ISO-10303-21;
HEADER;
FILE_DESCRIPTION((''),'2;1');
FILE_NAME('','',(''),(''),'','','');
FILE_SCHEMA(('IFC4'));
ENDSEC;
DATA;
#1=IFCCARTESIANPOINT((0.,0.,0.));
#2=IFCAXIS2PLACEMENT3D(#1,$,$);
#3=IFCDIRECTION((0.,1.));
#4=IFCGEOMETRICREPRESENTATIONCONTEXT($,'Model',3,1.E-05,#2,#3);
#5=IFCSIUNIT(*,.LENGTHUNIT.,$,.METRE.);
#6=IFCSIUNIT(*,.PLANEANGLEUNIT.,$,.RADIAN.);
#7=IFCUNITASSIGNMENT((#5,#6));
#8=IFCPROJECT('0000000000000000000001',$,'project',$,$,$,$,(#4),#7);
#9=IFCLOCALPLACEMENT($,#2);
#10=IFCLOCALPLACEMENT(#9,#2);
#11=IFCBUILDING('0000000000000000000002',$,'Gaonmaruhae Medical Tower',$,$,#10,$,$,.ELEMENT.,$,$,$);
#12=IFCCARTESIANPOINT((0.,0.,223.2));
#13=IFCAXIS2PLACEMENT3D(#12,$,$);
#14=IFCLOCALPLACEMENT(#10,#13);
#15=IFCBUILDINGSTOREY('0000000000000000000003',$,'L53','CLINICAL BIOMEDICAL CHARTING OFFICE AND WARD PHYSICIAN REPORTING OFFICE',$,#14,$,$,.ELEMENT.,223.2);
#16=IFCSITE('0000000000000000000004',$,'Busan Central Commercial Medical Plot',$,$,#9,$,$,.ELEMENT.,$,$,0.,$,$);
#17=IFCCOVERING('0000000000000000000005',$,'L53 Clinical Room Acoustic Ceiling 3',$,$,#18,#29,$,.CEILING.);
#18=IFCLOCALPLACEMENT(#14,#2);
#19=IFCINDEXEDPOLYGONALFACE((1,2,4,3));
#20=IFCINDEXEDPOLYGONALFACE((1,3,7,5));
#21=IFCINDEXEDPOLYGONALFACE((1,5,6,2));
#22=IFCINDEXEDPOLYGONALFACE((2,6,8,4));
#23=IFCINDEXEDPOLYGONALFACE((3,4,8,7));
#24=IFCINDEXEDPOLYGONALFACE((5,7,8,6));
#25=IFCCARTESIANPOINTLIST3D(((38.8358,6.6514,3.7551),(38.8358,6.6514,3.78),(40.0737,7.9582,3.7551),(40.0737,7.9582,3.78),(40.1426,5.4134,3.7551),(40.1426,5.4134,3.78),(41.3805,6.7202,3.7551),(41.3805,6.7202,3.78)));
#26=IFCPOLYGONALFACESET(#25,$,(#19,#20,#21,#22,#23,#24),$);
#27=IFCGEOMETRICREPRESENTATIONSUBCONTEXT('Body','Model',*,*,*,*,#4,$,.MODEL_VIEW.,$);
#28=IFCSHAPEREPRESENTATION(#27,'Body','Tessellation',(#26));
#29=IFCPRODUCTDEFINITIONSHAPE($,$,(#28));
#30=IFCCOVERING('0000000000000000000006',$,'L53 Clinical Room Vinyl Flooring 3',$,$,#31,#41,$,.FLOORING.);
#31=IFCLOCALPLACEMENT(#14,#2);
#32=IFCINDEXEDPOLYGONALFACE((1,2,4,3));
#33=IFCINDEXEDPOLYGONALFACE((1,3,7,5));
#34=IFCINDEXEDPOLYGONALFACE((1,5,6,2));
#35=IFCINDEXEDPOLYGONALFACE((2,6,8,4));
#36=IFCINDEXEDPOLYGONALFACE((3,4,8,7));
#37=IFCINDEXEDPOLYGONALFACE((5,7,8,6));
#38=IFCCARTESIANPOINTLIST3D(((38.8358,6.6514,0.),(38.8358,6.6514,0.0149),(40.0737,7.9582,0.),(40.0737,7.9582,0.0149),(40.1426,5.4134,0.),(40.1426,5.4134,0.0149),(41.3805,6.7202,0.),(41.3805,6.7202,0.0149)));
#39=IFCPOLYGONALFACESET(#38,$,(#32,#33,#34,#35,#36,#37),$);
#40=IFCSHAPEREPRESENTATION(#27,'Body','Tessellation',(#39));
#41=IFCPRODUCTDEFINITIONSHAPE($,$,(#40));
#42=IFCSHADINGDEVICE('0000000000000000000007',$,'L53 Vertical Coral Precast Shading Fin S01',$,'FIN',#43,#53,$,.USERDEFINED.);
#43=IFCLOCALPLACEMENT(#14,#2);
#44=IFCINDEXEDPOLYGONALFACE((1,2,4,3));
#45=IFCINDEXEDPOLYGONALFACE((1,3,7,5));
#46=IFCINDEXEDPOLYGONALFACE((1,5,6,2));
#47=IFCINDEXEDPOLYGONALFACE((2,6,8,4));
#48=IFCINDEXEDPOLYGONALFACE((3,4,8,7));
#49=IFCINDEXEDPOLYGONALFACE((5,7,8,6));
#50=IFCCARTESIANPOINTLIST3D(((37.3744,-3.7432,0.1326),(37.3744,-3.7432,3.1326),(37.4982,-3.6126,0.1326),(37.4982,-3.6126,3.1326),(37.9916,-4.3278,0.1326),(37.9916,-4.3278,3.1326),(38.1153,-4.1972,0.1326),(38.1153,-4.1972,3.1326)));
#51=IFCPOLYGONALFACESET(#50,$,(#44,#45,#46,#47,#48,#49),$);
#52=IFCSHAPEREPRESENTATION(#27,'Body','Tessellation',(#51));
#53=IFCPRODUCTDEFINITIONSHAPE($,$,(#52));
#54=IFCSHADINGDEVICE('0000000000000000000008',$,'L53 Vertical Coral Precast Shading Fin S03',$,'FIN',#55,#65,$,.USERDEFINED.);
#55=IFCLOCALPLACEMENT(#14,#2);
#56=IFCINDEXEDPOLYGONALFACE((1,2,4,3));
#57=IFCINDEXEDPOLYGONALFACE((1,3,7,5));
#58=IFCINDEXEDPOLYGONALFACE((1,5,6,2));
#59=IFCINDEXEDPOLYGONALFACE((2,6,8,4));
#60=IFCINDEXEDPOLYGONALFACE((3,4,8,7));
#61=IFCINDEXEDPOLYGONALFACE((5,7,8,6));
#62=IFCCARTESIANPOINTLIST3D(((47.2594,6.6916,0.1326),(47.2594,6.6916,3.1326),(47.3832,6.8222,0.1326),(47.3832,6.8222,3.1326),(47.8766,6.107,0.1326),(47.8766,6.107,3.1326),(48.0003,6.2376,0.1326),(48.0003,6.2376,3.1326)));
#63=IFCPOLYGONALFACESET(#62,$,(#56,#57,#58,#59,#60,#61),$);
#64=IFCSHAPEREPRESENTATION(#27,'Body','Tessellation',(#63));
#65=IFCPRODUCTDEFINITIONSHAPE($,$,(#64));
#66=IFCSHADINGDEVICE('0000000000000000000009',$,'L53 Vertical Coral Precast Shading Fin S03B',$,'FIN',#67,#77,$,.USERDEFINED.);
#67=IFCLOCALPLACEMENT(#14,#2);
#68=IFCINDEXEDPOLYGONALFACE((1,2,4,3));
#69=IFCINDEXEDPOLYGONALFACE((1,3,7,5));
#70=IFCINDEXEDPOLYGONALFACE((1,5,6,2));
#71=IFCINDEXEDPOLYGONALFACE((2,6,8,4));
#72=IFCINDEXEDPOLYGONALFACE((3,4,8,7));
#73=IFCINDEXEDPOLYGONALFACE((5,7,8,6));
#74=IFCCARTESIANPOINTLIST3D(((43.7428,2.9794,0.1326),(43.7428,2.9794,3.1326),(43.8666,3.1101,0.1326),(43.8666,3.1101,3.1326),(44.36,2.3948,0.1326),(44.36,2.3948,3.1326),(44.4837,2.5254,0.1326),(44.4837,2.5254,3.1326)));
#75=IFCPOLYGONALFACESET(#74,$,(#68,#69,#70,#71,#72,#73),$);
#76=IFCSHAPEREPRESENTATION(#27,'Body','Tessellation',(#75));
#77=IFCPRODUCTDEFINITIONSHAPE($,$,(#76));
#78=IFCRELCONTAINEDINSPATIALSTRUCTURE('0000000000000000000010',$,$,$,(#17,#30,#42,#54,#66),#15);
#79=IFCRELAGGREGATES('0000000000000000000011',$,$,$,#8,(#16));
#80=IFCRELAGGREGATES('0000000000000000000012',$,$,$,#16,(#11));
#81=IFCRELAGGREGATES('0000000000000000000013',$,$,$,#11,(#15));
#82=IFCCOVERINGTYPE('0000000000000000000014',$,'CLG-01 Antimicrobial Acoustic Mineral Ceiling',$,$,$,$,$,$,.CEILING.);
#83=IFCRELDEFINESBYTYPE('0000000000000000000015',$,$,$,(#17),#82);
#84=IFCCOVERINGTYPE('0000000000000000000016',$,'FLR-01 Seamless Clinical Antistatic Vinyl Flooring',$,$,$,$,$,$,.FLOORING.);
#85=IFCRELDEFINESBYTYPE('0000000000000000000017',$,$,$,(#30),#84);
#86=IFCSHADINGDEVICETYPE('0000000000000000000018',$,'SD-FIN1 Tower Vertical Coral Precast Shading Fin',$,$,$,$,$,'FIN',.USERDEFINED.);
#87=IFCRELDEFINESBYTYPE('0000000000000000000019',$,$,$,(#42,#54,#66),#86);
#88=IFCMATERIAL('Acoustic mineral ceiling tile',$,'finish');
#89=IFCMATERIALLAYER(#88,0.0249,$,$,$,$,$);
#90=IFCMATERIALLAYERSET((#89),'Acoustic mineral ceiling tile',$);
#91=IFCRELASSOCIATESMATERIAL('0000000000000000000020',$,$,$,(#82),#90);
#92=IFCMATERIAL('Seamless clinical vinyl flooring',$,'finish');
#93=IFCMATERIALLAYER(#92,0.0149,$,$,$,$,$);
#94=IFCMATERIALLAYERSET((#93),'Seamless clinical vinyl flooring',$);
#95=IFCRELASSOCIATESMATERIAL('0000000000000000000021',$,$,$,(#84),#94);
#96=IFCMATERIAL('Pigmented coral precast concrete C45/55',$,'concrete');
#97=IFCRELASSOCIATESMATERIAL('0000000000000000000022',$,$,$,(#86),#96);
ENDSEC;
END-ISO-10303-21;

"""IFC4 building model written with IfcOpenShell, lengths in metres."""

from ifc_helpers import new_model, si_unit, direction, frame, origin, origin_2d, place, context, subcontext, project, spatial, rectangle, extrude, material, layer, layer_set, type_object, element, save


model = new_model("IFC4")

# Units and contexts
model_context = context("Model", 3, precision=1e-05, world=origin(), true_north=direction((0.0, 1.0)))
body_context = subcontext(model_context, "Body", "Model", "MODEL_VIEW")
ifc_project = project(units=[si_unit("LENGTHUNIT", "METRE"), si_unit("PLANEANGLEUNIT", "RADIAN")], contexts=[model_context])

# Site, building, storey
site_placement = place(None, origin())
site = spatial("IfcSite", under=ifc_project, at=site_placement, Name="Busan Central Commercial Medical Plot", CompositionType="ELEMENT", RefElevation=0.0)
building_placement = place(site_placement, origin())
building = spatial("IfcBuilding", under=site, at=building_placement, Name="Gaonmaruhae Medical Tower", CompositionType="ELEMENT")
storey_placement = place(building_placement, frame((0.0, 0.0, 223.2)))
storey = spatial("IfcBuildingStorey", under=building, at=storey_placement, Name="L53", Description="CLINICAL BIOMEDICAL CHARTING OFFICE AND WARD PHYSICIAN REPORTING OFFICE", CompositionType="ELEMENT", Elevation=223.2)

# Coverings
ifc_material_1 = material(Name="Acoustic mineral ceiling tile", Category="finish")
ifc_layer_1 = layer(ifc_material_1, 0.0249)
ifc_layer_set_1 = layer_set([ifc_layer_1], Name="Acoustic mineral ceiling tile")
covering_type_1 = type_object("IfcCoveringType", Name="CLG-01 Antimicrobial Acoustic Mineral Ceiling", PredefinedType="CEILING", material=ifc_layer_set_1)
covering_1_placement = place(storey_placement, frame((40.1082, 6.6858, 3.7551), z_axis=(0.0, 0.0, 1.0), x_axis=(0.687721, 0.725975, 0.0)))
element("IfcCovering", 1, at=covering_1_placement, inside=storey, type_object=covering_type_1, Name="L53 Clinical Room Acoustic Ceiling 3", PredefinedType="CEILING", context=body_context, shape_type="SweptSolid", body=[
    extrude(rectangle(XDim=1.8, YDim=1.8, at=origin_2d()), origin(), (0.0, 0.0, 1.0), 0.0249),
])
ifc_material_2 = material(Name="Seamless clinical vinyl flooring", Category="finish")
ifc_layer_2 = layer(ifc_material_2, 0.0149)
ifc_layer_set_2 = layer_set([ifc_layer_2], Name="Seamless clinical vinyl flooring")
covering_type_2 = type_object("IfcCoveringType", Name="FLR-01 Seamless Clinical Antistatic Vinyl Flooring", PredefinedType="FLOORING", material=ifc_layer_set_2)
covering_2_placement = place(storey_placement, frame((40.1082, 6.6858, 0.0), z_axis=(0.0, 0.0, 1.0), x_axis=(0.687721, 0.725975, 0.0)))
element("IfcCovering", 2, at=covering_2_placement, inside=storey, type_object=covering_type_2, Name="L53 Clinical Room Vinyl Flooring 3", PredefinedType="FLOORING", context=body_context, shape_type="SweptSolid", body=[
    extrude(rectangle(XDim=1.8, YDim=1.8, at=origin_2d()), origin(), (0.0, 0.0, 1.0), 0.0149),
])

# Shading devices
ifc_material_3 = material(Name="Pigmented coral precast concrete C45/55", Category="concrete")
shading_device_type = type_object("IfcShadingDeviceType", Name="SD-FIN1 Tower Vertical Coral Precast Shading Fin", ElementType="FIN", PredefinedType="USERDEFINED", material=ifc_material_3)
for number, where, z_axis, x_axis, name in (
    (3, (37.7449, -3.9702, 0.1326), (0.0, 0.0, 1.0), (-0.687721, -0.725975, 0.0), "L53 Vertical Coral Precast Shading Fin S01"),
    (4, (47.6299, 6.4646, 0.1326), (0.0, 0.0, 1.0), (-0.687721, -0.725975, 0.0), "L53 Vertical Coral Precast Shading Fin S03"),
    (5, (44.1133, 2.7524, 0.1326), (0.0, 0.0, 1.0), (-0.687721, -0.725975, 0.0), "L53 Vertical Coral Precast Shading Fin S03B"),
):
    element("IfcShadingDevice", number, at=place(storey_placement, frame(where, z_axis=z_axis, x_axis=x_axis)), inside=storey, type_object=shading_device_type, Name=name, ObjectType="FIN", PredefinedType="USERDEFINED", context=body_context, shape_type="SweptSolid", body=[
        extrude(rectangle(XDim=0.1799, YDim=0.8501, at=origin_2d()), origin(), (0.0, 0.0, 1.0), 3.0),
    ])

save(model, "model.ifc")
